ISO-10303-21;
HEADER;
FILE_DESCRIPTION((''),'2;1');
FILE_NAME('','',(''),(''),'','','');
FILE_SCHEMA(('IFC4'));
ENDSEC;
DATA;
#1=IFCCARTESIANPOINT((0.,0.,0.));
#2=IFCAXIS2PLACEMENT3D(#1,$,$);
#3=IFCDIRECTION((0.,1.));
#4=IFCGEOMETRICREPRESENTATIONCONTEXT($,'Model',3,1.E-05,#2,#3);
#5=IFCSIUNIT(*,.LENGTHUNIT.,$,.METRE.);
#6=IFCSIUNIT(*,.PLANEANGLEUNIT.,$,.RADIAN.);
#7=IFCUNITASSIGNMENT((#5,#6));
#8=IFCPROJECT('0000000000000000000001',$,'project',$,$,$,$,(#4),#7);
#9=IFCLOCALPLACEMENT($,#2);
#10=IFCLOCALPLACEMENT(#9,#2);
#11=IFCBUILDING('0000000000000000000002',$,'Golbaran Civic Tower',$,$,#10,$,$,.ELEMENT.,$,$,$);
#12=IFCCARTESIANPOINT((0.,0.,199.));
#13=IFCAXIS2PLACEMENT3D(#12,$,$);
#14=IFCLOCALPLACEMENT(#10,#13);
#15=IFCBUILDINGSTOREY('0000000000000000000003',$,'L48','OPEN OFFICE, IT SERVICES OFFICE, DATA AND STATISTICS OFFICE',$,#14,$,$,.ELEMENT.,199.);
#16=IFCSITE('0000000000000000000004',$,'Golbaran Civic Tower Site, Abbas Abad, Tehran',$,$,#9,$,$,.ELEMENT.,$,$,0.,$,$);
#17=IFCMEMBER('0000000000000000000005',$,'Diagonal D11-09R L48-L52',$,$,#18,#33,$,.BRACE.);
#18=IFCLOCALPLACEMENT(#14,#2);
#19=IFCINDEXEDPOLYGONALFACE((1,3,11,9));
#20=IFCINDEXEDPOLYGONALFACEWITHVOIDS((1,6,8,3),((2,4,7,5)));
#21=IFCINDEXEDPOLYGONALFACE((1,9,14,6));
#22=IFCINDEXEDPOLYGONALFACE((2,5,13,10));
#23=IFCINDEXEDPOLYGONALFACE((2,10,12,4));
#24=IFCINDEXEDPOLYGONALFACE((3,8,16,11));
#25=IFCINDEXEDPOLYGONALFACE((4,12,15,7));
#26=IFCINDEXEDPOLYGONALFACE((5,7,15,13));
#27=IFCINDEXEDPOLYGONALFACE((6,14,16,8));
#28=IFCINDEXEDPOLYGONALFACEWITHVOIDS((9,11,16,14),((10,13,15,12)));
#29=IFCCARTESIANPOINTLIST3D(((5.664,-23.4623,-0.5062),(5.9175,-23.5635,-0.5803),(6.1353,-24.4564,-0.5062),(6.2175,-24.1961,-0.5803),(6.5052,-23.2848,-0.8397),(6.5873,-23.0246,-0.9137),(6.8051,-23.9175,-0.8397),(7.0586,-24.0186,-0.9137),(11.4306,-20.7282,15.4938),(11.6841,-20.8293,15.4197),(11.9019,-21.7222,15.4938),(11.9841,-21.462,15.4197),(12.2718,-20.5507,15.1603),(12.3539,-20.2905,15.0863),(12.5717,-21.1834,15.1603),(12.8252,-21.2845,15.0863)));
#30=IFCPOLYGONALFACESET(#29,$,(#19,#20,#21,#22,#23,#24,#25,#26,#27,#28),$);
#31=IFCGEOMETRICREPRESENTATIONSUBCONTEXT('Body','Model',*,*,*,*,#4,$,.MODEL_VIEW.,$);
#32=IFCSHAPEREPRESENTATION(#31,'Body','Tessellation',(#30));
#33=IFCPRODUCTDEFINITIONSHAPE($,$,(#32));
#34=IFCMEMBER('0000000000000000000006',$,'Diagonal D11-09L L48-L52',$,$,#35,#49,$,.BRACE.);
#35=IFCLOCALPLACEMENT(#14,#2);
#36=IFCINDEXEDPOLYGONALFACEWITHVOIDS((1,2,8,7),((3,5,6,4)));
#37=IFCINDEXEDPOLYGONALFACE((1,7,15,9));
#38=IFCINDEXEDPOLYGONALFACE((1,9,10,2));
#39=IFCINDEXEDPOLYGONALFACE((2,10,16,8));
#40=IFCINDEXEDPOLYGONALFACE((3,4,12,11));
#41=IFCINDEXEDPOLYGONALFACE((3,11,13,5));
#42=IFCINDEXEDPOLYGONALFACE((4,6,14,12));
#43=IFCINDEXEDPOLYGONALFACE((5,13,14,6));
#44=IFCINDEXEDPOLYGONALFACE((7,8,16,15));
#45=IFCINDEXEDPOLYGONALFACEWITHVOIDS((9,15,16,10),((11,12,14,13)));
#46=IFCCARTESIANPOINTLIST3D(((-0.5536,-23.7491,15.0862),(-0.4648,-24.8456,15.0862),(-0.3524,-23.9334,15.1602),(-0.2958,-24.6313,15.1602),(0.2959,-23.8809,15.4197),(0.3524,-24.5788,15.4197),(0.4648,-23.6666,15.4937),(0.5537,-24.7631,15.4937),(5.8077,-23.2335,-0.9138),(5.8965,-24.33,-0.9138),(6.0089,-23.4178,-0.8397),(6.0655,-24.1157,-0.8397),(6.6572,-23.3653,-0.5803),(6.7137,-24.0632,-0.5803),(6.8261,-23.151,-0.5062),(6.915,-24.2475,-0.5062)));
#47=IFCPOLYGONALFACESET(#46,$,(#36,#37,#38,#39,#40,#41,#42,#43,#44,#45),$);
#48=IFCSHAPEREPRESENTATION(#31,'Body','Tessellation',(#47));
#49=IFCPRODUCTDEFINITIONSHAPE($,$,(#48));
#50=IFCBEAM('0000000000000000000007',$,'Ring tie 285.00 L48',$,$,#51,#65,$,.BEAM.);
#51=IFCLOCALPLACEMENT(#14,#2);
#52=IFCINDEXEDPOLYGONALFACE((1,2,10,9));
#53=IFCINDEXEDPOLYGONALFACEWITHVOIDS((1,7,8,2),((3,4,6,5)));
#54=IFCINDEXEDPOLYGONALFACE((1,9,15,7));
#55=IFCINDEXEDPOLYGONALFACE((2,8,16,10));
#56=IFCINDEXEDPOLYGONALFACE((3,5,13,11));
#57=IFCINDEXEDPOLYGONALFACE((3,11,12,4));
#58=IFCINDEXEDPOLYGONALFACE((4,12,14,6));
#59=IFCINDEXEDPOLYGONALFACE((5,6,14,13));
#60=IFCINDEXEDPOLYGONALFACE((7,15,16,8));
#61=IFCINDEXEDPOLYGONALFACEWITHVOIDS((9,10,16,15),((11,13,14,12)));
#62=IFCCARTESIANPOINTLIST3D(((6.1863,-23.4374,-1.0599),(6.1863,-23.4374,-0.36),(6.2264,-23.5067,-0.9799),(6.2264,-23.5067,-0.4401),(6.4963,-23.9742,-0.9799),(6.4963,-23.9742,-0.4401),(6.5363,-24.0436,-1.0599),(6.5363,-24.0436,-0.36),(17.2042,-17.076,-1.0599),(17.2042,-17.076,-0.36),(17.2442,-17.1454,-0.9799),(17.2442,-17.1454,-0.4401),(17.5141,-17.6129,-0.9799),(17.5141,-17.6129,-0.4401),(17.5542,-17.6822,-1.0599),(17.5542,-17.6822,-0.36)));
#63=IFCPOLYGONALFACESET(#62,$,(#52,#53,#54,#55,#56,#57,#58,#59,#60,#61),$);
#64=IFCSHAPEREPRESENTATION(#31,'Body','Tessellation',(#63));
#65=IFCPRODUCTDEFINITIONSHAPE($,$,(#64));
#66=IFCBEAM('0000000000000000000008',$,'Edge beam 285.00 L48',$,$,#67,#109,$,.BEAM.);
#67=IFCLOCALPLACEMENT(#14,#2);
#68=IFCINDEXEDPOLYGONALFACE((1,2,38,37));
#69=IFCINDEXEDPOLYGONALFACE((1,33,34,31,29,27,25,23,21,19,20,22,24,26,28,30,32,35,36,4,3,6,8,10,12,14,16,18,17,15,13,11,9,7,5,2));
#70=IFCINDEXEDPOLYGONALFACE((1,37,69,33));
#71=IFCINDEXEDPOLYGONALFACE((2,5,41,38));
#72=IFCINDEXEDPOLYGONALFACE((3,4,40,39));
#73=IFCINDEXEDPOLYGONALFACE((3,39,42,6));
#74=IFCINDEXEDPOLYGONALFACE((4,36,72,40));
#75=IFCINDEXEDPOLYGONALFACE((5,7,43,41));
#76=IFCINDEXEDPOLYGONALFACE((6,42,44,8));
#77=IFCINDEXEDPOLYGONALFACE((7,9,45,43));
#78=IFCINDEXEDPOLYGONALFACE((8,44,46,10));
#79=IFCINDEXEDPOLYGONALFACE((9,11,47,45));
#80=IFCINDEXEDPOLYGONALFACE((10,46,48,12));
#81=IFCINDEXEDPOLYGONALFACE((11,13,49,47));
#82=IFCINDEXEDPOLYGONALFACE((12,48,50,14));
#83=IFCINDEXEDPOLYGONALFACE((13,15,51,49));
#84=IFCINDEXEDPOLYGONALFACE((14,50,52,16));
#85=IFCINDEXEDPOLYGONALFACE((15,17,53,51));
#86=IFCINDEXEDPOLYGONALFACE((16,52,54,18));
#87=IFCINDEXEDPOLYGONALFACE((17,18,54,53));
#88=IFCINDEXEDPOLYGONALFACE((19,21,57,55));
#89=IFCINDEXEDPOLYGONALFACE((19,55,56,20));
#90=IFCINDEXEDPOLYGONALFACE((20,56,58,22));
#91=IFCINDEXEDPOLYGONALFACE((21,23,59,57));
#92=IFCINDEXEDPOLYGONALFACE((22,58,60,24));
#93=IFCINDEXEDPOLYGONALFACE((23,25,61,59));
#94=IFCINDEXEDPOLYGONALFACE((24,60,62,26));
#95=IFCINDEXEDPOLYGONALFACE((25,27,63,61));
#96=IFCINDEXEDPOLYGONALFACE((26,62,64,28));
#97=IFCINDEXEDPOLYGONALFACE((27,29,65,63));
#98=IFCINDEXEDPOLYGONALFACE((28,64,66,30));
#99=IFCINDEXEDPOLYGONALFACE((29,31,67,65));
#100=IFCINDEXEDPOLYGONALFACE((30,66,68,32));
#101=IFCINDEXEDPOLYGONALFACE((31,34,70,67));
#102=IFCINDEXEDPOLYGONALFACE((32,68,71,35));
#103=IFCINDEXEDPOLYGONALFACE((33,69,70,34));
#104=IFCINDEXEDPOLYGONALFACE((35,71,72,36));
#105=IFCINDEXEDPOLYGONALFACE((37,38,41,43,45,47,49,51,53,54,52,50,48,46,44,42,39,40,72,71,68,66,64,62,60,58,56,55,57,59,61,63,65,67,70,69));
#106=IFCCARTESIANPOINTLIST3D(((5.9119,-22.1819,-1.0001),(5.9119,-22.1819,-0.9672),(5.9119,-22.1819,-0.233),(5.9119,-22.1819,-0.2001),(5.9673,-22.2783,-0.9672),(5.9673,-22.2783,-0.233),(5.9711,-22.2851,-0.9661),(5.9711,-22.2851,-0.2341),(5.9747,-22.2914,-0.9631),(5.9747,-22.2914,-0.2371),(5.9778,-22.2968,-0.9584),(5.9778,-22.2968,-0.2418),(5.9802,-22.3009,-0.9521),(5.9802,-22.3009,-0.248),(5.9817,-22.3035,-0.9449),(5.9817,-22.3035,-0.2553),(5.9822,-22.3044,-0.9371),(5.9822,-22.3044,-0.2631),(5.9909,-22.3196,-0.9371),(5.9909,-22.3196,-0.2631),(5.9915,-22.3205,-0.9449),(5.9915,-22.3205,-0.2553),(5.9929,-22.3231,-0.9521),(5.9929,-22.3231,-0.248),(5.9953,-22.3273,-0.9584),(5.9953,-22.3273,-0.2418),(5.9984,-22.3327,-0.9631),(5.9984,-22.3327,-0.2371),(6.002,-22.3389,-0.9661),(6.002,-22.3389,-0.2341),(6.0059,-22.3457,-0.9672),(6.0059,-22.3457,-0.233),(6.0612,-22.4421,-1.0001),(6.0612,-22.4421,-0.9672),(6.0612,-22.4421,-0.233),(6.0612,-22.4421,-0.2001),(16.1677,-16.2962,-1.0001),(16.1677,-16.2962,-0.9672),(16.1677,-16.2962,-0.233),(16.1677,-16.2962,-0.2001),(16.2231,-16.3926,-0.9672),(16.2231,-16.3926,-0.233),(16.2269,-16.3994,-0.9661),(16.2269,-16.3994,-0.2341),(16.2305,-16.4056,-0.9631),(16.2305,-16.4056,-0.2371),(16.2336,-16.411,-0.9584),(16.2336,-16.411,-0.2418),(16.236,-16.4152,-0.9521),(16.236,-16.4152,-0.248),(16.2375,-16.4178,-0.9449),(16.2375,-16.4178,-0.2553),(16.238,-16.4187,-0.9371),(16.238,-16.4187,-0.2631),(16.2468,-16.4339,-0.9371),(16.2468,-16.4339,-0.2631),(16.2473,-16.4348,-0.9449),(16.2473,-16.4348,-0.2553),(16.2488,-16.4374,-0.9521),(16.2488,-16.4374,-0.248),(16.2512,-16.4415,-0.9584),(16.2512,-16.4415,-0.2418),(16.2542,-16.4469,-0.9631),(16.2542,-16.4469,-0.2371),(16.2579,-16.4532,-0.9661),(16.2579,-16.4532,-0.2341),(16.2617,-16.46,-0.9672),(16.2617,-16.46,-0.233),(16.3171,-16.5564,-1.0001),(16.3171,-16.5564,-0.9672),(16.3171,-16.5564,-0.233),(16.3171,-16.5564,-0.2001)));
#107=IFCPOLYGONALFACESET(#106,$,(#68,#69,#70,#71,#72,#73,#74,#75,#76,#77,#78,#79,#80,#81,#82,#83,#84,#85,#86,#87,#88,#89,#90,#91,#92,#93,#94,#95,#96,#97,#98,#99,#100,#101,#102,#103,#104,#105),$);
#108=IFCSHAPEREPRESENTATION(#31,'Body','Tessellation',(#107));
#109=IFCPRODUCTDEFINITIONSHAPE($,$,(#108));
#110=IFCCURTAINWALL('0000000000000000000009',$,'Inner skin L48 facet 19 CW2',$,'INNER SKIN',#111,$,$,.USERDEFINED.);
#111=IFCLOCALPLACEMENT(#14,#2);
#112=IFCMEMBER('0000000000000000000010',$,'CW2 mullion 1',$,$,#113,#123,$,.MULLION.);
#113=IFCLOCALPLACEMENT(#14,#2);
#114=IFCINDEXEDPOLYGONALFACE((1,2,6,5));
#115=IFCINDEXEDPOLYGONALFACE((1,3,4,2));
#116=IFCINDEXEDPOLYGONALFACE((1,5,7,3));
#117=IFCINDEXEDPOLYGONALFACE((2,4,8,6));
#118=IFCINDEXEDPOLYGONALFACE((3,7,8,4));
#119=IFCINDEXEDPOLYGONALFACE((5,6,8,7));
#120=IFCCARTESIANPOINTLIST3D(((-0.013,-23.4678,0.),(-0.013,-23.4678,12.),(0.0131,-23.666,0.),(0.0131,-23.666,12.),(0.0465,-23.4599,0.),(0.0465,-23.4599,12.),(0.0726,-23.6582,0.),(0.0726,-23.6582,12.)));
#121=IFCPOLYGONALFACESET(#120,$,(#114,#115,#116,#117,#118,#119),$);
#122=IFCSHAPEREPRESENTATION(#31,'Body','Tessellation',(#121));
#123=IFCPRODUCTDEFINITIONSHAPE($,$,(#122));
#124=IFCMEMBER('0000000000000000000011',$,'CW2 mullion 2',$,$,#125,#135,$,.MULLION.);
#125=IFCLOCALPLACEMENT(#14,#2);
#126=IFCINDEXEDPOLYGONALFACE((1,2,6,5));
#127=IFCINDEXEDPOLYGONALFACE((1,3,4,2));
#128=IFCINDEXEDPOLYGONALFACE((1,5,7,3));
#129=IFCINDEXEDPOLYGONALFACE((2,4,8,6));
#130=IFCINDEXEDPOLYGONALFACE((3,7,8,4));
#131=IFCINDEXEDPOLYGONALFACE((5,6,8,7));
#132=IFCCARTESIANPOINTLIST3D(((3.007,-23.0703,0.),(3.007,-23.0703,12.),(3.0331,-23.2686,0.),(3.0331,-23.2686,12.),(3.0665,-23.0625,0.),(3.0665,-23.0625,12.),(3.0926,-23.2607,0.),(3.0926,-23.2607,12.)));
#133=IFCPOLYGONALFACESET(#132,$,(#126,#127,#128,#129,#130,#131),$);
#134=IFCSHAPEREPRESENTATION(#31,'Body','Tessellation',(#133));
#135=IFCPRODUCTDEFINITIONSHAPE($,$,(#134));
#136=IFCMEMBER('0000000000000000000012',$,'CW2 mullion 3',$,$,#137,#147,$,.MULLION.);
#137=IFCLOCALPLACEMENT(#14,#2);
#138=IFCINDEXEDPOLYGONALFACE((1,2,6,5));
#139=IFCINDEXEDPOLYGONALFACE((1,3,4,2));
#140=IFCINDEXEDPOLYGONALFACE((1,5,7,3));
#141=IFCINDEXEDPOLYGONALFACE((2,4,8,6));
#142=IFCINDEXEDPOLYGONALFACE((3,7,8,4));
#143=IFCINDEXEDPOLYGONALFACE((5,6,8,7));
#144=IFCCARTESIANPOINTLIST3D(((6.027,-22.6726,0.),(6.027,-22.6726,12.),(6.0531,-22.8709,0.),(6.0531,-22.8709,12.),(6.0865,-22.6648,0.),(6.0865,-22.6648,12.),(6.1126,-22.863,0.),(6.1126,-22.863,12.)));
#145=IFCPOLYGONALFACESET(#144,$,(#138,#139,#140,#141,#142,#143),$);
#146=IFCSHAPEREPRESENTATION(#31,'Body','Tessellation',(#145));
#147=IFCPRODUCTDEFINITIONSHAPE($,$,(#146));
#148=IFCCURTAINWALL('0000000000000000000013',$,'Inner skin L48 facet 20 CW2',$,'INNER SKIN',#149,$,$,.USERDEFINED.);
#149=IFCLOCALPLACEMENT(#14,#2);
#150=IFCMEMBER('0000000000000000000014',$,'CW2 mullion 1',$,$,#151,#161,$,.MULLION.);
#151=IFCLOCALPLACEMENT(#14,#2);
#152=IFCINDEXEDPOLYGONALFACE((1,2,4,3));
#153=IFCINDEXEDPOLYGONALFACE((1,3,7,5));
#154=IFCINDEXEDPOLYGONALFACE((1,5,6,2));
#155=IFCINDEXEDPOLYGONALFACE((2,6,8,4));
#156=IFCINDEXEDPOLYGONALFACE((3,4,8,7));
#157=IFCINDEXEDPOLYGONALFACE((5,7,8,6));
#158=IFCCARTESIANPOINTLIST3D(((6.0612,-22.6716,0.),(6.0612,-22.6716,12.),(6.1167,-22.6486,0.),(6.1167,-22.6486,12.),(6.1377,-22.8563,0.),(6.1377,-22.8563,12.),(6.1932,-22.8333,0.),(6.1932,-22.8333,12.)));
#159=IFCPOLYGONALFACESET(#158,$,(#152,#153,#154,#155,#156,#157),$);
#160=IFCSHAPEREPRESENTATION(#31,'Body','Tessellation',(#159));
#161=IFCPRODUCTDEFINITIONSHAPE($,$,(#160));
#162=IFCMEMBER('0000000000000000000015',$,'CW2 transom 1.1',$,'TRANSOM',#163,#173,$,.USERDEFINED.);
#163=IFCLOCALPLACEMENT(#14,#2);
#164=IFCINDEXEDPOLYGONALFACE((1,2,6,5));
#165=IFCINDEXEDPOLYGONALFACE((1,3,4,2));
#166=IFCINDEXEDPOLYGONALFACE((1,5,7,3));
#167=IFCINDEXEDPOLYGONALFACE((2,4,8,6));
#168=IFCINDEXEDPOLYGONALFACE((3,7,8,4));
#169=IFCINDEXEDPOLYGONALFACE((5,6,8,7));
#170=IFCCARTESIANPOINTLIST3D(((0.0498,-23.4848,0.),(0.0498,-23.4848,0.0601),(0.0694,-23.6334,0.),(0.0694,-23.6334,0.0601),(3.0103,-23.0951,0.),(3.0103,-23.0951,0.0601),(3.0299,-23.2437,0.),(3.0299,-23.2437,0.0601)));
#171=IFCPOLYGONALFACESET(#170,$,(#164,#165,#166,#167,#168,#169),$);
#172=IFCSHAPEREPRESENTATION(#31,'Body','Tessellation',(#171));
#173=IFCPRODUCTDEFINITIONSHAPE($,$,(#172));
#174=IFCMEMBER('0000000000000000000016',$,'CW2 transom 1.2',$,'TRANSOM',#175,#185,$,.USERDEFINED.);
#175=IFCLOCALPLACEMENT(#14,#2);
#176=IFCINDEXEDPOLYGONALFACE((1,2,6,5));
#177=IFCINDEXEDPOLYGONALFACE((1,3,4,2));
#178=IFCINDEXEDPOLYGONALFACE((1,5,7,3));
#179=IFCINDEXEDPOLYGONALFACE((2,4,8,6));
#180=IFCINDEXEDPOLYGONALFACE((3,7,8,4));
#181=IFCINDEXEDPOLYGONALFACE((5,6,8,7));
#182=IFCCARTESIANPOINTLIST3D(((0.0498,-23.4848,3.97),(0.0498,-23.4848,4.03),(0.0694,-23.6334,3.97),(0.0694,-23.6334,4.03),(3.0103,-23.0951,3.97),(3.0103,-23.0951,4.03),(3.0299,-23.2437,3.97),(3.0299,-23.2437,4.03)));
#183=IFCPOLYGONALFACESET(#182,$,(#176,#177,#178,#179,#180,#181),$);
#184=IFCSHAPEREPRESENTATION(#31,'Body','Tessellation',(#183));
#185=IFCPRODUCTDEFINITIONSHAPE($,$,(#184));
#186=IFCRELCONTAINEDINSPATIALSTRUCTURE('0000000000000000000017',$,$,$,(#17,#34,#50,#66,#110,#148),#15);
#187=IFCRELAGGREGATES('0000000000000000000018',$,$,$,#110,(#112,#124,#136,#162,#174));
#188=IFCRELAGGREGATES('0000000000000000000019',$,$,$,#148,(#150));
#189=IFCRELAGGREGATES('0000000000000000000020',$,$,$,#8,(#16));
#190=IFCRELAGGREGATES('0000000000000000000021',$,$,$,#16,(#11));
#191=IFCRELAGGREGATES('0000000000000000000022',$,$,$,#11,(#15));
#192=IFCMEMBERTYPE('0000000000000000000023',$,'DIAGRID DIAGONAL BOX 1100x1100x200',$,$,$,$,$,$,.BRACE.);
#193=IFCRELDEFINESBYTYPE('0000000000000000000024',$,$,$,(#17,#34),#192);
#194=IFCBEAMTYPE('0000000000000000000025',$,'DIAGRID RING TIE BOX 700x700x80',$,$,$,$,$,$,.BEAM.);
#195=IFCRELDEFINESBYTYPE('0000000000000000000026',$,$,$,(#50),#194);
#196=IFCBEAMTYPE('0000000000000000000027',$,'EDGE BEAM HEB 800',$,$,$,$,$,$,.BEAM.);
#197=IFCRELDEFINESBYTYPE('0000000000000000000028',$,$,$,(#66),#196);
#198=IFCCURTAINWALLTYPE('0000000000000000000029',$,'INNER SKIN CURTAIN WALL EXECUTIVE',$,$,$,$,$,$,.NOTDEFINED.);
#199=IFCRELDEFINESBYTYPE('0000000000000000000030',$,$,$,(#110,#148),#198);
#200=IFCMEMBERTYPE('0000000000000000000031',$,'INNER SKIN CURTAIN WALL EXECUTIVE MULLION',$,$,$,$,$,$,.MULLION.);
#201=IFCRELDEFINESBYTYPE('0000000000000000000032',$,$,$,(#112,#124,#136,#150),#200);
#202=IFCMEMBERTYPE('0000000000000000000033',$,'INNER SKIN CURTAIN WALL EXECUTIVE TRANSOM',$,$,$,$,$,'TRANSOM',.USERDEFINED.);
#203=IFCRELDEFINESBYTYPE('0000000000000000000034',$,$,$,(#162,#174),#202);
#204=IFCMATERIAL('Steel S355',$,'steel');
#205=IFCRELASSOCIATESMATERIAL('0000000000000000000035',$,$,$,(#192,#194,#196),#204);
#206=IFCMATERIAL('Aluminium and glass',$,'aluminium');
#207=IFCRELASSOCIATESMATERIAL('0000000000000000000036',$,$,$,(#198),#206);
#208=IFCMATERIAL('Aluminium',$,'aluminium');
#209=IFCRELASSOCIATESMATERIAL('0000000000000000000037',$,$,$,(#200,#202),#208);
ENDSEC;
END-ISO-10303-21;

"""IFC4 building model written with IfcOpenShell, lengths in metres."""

from ifc_helpers import new_model, si_unit, direction, frame, origin, origin_2d, place, context, subcontext, project, spatial, rectangle, hollow_rectangle, i_section, extrude, material, material_profile, profile_set, type_object, element, aggregate, save


model = new_model("IFC4")

# Units and contexts
model_context = context("Model", 3, precision=1e-05, world=origin(), true_north=direction((0.0, 1.0)))
body_context = subcontext(model_context, "Body", "Model", "MODEL_VIEW")
ifc_project = project(units=[si_unit("LENGTHUNIT", "METRE"), si_unit("PLANEANGLEUNIT", "RADIAN")], contexts=[model_context])

# Site, building, storey
site_placement = place(None, origin())
site = spatial("IfcSite", under=ifc_project, at=site_placement, Name="Golbaran Civic Tower Site, Abbas Abad, Tehran", CompositionType="ELEMENT", RefElevation=0.0)
building_placement = place(site_placement, origin())
building = spatial("IfcBuilding", under=site, at=building_placement, Name="Golbaran Civic Tower", CompositionType="ELEMENT")
storey_placement = place(building_placement, frame((0.0, 0.0, 199.0)))
storey = spatial("IfcBuildingStorey", under=building, at=storey_placement, Name="L48", Description="OPEN OFFICE, IT SERVICES OFFICE, DATA AND STATISTICS OFFICE", CompositionType="ELEMENT", Elevation=199.0)

# Members
ifc_material_1 = material(Name="Steel S355", Category="steel")
ifc_material_profile_1 = material_profile(ifc_material_1, hollow_rectangle(XDim=1.1001, YDim=1.1001, WallThickness=0.2, at=origin_2d()), Name="BOX 1100x1100x200")
ifc_profile_set_1 = profile_set([ifc_material_profile_1], Name="Steel S355")
member_type_1 = type_object("IfcMemberType", Name="DIAGRID DIAGONAL BOX 1100x1100x200", PredefinedType="BRACE", material=ifc_profile_set_1)
for number, where, z_axis, x_axis, name in (
    (1, (6.3613, -23.7405, -0.71), (0.334765, 0.158723, 0.928838), (-0.428417, 0.903581, 0.0), "Diagonal D11-09R L48-L52"),
    (2, (6.3613, -23.7405, -0.71), (-0.369288, -0.029933, 0.928833), (0.080791, -0.996731, 0.0), "Diagonal D11-09L L48-L52"),
):
    element("IfcMember", number, at=place(storey_placement, frame(where, z_axis=z_axis, x_axis=x_axis)), inside=storey, type_object=member_type_1, Name=name, PredefinedType="BRACE", context=body_context, shape_type="SweptSolid", body=[
        extrude(hollow_rectangle(XDim=1.1001, YDim=1.1001, WallThickness=0.2, at=origin_2d()), origin(), (0.0, 0.0, 1.0), 17.2258),
    ])

# Beams
ifc_material_profile_2 = material_profile(ifc_material_1, hollow_rectangle(XDim=0.7, YDim=0.7, WallThickness=0.0801, at=origin_2d()), Name="BOX 700x700x80")
ifc_profile_set_2 = profile_set([ifc_material_profile_2], Name="Steel S355")
beam_type_1 = type_object("IfcBeamType", Name="DIAGRID RING TIE BOX 700x700x80", PredefinedType="BEAM", material=ifc_profile_set_2)
beam_1_placement = place(storey_placement, frame((6.3613, -23.7405, -0.71), z_axis=(0.866019, 0.500011, 0.0), x_axis=(-0.500011, 0.866019, 0.0)))
element("IfcBeam", 3, at=beam_1_placement, inside=storey, type_object=beam_type_1, Name="Ring tie 285.00 L48", PredefinedType="BEAM", context=body_context, shape_type="SweptSolid", body=[
    extrude(hollow_rectangle(XDim=0.7, YDim=0.7, WallThickness=0.0801, at=origin_2d()), origin(), (0.0, 0.0, 1.0), 12.7224),
])
ifc_material_profile_3 = material_profile(ifc_material_1, i_section(OverallWidth=0.3, OverallDepth=0.8, WebThickness=0.0176, FlangeThickness=0.033, FilletRadius=0.03, at=origin_2d()), Name="HEB 800")
ifc_profile_set_3 = profile_set([ifc_material_profile_3], Name="Steel S355")
beam_type_2 = type_object("IfcBeamType", Name="EDGE BEAM HEB 800", PredefinedType="BEAM", material=ifc_profile_set_3)
beam_2_placement = place(storey_placement, frame((5.9866, -22.312, -0.6001), z_axis=(0.867322, 0.497748, 0.0), x_axis=(-0.497748, 0.867322, 0.0)))
element("IfcBeam", 4, at=beam_2_placement, inside=storey, type_object=beam_type_2, Name="Edge beam 285.00 L48", PredefinedType="BEAM", context=body_context, shape_type="SweptSolid", body=[
    extrude(i_section(OverallWidth=0.3, OverallDepth=0.8, WebThickness=0.0176, FlangeThickness=0.033, FilletRadius=0.03, at=origin_2d()), origin(), (0.0, 0.0, 1.0), 11.8247),
])

# Curtain wall, members
ifc_material_2 = material(Name="Aluminium and glass", Category="aluminium")
curtain_wall_type_1 = type_object("IfcCurtainWallType", Name="INNER SKIN CURTAIN WALL EXECUTIVE", PredefinedType="NOTDEFINED", material=ifc_material_2)
curtain_wall_1_placement = place(storey_placement, origin())
curtain_wall_1 = element("IfcCurtainWall", 5, at=curtain_wall_1_placement, inside=storey, type_object=curtain_wall_type_1, Name="Inner skin L48 facet 19 CW2", ObjectType="INNER SKIN", PredefinedType="USERDEFINED")
ifc_material_3 = material(Name="Aluminium", Category="aluminium")
ifc_material_profile_4 = material_profile(ifc_material_3, rectangle(XDim=0.2, YDim=0.0601, at=origin_2d()), Name="INNER SKIN CURTAIN WALL EXECUTIVE MULLION")
ifc_profile_set_4 = profile_set([ifc_material_profile_4], Name="Aluminium")
member_type_2 = type_object("IfcMemberType", Name="INNER SKIN CURTAIN WALL EXECUTIVE MULLION", PredefinedType="MULLION", material=ifc_profile_set_4)
member_1_placement = place(storey_placement, frame((0.0298, -23.563, 0.0), z_axis=(0.0, 0.0, 1.0), x_axis=(-0.130526, 0.991445, 0.0)))
member_1 = element("IfcMember", 6, at=member_1_placement, type_object=member_type_2, Name="CW2 mullion 1", PredefinedType="MULLION", context=body_context, shape_type="SweptSolid", body=[
    extrude(rectangle(XDim=0.2, YDim=0.0601, at=origin_2d()), origin(), (0.0, 0.0, 1.0), 12.0),
])
member_2_placement = place(storey_placement, frame((3.0498, -23.1655, 0.0), z_axis=(0.0, 0.0, 1.0), x_axis=(-0.130526, 0.991445, 0.0)))
member_2 = element("IfcMember", 7, at=member_2_placement, type_object=member_type_2, Name="CW2 mullion 2", PredefinedType="MULLION", context=body_context, shape_type="SweptSolid", body=[
    extrude(rectangle(XDim=0.2, YDim=0.0601, at=origin_2d()), origin(), (0.0, 0.0, 1.0), 12.0),
])
member_3_placement = place(storey_placement, frame((6.0698, -22.7678, 0.0), z_axis=(0.0, 0.0, 1.0), x_axis=(-0.130526, 0.991445, 0.0)))
member_3 = element("IfcMember", 8, at=member_3_placement, type_object=member_type_2, Name="CW2 mullion 3", PredefinedType="MULLION", context=body_context, shape_type="SweptSolid", body=[
    extrude(rectangle(XDim=0.2, YDim=0.0601, at=origin_2d()), origin(), (0.0, 0.0, 1.0), 12.0),
])

# Curtain wall, member
curtain_wall_2_placement = place(storey_placement, origin())
curtain_wall_2 = element("IfcCurtainWall", 9, at=curtain_wall_2_placement, inside=storey, type_object=curtain_wall_type_1, Name="Inner skin L48 facet 20 CW2", ObjectType="INNER SKIN", PredefinedType="USERDEFINED")
member_4_placement = place(storey_placement, frame((6.1272, -22.7524, 0.0), z_axis=(0.0, 0.0, 1.0), x_axis=(-0.382683, 0.92388, 0.0)))
member_4 = element("IfcMember", 10, at=member_4_placement, type_object=member_type_2, Name="CW2 mullion 1", PredefinedType="MULLION", context=body_context, shape_type="SweptSolid", body=[
    extrude(rectangle(XDim=0.2, YDim=0.0601, at=origin_2d()), origin(), (0.0, 0.0, 1.0), 12.0),
])

# Members
ifc_material_profile_5 = material_profile(ifc_material_3, rectangle(XDim=0.1499, YDim=0.0601, at=origin_2d()), Name="INNER SKIN CURTAIN WALL EXECUTIVE TRANSOM")
ifc_profile_set_5 = profile_set([ifc_material_profile_5], Name="Aluminium")
member_type_3 = type_object("IfcMemberType", Name="INNER SKIN CURTAIN WALL EXECUTIVE TRANSOM", ElementType="TRANSOM", PredefinedType="USERDEFINED", material=ifc_profile_set_5)
member_5_placement = place(storey_placement, frame((0.0596, -23.5591, 0.03), z_axis=(0.991449, 0.130493, 0.0), x_axis=(-0.130493, 0.991449, 0.0)))
member_5 = element("IfcMember", 11, at=member_5_placement, type_object=member_type_3, Name="CW2 transom 1.1", ObjectType="TRANSOM", PredefinedType="USERDEFINED", context=body_context, shape_type="SweptSolid", body=[
    extrude(rectangle(XDim=0.1499, YDim=0.0601, at=origin_2d()), origin(), (0.0, 0.0, 1.0), 2.9861),
])
member_6_placement = place(storey_placement, frame((0.0596, -23.5591, 4.0), z_axis=(0.991449, 0.130493, 0.0), x_axis=(-0.130493, 0.991449, 0.0)))
member_6 = element("IfcMember", 12, at=member_6_placement, type_object=member_type_3, Name="CW2 transom 1.2", ObjectType="TRANSOM", PredefinedType="USERDEFINED", context=body_context, shape_type="SweptSolid", body=[
    extrude(rectangle(XDim=0.1499, YDim=0.0601, at=origin_2d()), origin(), (0.0, 0.0, 1.0), 2.9861),
])

aggregate(curtain_wall_1, [member_1, member_2, member_3, member_5, member_6])
aggregate(curtain_wall_2, [member_4])

save(model, "model.ifc")
